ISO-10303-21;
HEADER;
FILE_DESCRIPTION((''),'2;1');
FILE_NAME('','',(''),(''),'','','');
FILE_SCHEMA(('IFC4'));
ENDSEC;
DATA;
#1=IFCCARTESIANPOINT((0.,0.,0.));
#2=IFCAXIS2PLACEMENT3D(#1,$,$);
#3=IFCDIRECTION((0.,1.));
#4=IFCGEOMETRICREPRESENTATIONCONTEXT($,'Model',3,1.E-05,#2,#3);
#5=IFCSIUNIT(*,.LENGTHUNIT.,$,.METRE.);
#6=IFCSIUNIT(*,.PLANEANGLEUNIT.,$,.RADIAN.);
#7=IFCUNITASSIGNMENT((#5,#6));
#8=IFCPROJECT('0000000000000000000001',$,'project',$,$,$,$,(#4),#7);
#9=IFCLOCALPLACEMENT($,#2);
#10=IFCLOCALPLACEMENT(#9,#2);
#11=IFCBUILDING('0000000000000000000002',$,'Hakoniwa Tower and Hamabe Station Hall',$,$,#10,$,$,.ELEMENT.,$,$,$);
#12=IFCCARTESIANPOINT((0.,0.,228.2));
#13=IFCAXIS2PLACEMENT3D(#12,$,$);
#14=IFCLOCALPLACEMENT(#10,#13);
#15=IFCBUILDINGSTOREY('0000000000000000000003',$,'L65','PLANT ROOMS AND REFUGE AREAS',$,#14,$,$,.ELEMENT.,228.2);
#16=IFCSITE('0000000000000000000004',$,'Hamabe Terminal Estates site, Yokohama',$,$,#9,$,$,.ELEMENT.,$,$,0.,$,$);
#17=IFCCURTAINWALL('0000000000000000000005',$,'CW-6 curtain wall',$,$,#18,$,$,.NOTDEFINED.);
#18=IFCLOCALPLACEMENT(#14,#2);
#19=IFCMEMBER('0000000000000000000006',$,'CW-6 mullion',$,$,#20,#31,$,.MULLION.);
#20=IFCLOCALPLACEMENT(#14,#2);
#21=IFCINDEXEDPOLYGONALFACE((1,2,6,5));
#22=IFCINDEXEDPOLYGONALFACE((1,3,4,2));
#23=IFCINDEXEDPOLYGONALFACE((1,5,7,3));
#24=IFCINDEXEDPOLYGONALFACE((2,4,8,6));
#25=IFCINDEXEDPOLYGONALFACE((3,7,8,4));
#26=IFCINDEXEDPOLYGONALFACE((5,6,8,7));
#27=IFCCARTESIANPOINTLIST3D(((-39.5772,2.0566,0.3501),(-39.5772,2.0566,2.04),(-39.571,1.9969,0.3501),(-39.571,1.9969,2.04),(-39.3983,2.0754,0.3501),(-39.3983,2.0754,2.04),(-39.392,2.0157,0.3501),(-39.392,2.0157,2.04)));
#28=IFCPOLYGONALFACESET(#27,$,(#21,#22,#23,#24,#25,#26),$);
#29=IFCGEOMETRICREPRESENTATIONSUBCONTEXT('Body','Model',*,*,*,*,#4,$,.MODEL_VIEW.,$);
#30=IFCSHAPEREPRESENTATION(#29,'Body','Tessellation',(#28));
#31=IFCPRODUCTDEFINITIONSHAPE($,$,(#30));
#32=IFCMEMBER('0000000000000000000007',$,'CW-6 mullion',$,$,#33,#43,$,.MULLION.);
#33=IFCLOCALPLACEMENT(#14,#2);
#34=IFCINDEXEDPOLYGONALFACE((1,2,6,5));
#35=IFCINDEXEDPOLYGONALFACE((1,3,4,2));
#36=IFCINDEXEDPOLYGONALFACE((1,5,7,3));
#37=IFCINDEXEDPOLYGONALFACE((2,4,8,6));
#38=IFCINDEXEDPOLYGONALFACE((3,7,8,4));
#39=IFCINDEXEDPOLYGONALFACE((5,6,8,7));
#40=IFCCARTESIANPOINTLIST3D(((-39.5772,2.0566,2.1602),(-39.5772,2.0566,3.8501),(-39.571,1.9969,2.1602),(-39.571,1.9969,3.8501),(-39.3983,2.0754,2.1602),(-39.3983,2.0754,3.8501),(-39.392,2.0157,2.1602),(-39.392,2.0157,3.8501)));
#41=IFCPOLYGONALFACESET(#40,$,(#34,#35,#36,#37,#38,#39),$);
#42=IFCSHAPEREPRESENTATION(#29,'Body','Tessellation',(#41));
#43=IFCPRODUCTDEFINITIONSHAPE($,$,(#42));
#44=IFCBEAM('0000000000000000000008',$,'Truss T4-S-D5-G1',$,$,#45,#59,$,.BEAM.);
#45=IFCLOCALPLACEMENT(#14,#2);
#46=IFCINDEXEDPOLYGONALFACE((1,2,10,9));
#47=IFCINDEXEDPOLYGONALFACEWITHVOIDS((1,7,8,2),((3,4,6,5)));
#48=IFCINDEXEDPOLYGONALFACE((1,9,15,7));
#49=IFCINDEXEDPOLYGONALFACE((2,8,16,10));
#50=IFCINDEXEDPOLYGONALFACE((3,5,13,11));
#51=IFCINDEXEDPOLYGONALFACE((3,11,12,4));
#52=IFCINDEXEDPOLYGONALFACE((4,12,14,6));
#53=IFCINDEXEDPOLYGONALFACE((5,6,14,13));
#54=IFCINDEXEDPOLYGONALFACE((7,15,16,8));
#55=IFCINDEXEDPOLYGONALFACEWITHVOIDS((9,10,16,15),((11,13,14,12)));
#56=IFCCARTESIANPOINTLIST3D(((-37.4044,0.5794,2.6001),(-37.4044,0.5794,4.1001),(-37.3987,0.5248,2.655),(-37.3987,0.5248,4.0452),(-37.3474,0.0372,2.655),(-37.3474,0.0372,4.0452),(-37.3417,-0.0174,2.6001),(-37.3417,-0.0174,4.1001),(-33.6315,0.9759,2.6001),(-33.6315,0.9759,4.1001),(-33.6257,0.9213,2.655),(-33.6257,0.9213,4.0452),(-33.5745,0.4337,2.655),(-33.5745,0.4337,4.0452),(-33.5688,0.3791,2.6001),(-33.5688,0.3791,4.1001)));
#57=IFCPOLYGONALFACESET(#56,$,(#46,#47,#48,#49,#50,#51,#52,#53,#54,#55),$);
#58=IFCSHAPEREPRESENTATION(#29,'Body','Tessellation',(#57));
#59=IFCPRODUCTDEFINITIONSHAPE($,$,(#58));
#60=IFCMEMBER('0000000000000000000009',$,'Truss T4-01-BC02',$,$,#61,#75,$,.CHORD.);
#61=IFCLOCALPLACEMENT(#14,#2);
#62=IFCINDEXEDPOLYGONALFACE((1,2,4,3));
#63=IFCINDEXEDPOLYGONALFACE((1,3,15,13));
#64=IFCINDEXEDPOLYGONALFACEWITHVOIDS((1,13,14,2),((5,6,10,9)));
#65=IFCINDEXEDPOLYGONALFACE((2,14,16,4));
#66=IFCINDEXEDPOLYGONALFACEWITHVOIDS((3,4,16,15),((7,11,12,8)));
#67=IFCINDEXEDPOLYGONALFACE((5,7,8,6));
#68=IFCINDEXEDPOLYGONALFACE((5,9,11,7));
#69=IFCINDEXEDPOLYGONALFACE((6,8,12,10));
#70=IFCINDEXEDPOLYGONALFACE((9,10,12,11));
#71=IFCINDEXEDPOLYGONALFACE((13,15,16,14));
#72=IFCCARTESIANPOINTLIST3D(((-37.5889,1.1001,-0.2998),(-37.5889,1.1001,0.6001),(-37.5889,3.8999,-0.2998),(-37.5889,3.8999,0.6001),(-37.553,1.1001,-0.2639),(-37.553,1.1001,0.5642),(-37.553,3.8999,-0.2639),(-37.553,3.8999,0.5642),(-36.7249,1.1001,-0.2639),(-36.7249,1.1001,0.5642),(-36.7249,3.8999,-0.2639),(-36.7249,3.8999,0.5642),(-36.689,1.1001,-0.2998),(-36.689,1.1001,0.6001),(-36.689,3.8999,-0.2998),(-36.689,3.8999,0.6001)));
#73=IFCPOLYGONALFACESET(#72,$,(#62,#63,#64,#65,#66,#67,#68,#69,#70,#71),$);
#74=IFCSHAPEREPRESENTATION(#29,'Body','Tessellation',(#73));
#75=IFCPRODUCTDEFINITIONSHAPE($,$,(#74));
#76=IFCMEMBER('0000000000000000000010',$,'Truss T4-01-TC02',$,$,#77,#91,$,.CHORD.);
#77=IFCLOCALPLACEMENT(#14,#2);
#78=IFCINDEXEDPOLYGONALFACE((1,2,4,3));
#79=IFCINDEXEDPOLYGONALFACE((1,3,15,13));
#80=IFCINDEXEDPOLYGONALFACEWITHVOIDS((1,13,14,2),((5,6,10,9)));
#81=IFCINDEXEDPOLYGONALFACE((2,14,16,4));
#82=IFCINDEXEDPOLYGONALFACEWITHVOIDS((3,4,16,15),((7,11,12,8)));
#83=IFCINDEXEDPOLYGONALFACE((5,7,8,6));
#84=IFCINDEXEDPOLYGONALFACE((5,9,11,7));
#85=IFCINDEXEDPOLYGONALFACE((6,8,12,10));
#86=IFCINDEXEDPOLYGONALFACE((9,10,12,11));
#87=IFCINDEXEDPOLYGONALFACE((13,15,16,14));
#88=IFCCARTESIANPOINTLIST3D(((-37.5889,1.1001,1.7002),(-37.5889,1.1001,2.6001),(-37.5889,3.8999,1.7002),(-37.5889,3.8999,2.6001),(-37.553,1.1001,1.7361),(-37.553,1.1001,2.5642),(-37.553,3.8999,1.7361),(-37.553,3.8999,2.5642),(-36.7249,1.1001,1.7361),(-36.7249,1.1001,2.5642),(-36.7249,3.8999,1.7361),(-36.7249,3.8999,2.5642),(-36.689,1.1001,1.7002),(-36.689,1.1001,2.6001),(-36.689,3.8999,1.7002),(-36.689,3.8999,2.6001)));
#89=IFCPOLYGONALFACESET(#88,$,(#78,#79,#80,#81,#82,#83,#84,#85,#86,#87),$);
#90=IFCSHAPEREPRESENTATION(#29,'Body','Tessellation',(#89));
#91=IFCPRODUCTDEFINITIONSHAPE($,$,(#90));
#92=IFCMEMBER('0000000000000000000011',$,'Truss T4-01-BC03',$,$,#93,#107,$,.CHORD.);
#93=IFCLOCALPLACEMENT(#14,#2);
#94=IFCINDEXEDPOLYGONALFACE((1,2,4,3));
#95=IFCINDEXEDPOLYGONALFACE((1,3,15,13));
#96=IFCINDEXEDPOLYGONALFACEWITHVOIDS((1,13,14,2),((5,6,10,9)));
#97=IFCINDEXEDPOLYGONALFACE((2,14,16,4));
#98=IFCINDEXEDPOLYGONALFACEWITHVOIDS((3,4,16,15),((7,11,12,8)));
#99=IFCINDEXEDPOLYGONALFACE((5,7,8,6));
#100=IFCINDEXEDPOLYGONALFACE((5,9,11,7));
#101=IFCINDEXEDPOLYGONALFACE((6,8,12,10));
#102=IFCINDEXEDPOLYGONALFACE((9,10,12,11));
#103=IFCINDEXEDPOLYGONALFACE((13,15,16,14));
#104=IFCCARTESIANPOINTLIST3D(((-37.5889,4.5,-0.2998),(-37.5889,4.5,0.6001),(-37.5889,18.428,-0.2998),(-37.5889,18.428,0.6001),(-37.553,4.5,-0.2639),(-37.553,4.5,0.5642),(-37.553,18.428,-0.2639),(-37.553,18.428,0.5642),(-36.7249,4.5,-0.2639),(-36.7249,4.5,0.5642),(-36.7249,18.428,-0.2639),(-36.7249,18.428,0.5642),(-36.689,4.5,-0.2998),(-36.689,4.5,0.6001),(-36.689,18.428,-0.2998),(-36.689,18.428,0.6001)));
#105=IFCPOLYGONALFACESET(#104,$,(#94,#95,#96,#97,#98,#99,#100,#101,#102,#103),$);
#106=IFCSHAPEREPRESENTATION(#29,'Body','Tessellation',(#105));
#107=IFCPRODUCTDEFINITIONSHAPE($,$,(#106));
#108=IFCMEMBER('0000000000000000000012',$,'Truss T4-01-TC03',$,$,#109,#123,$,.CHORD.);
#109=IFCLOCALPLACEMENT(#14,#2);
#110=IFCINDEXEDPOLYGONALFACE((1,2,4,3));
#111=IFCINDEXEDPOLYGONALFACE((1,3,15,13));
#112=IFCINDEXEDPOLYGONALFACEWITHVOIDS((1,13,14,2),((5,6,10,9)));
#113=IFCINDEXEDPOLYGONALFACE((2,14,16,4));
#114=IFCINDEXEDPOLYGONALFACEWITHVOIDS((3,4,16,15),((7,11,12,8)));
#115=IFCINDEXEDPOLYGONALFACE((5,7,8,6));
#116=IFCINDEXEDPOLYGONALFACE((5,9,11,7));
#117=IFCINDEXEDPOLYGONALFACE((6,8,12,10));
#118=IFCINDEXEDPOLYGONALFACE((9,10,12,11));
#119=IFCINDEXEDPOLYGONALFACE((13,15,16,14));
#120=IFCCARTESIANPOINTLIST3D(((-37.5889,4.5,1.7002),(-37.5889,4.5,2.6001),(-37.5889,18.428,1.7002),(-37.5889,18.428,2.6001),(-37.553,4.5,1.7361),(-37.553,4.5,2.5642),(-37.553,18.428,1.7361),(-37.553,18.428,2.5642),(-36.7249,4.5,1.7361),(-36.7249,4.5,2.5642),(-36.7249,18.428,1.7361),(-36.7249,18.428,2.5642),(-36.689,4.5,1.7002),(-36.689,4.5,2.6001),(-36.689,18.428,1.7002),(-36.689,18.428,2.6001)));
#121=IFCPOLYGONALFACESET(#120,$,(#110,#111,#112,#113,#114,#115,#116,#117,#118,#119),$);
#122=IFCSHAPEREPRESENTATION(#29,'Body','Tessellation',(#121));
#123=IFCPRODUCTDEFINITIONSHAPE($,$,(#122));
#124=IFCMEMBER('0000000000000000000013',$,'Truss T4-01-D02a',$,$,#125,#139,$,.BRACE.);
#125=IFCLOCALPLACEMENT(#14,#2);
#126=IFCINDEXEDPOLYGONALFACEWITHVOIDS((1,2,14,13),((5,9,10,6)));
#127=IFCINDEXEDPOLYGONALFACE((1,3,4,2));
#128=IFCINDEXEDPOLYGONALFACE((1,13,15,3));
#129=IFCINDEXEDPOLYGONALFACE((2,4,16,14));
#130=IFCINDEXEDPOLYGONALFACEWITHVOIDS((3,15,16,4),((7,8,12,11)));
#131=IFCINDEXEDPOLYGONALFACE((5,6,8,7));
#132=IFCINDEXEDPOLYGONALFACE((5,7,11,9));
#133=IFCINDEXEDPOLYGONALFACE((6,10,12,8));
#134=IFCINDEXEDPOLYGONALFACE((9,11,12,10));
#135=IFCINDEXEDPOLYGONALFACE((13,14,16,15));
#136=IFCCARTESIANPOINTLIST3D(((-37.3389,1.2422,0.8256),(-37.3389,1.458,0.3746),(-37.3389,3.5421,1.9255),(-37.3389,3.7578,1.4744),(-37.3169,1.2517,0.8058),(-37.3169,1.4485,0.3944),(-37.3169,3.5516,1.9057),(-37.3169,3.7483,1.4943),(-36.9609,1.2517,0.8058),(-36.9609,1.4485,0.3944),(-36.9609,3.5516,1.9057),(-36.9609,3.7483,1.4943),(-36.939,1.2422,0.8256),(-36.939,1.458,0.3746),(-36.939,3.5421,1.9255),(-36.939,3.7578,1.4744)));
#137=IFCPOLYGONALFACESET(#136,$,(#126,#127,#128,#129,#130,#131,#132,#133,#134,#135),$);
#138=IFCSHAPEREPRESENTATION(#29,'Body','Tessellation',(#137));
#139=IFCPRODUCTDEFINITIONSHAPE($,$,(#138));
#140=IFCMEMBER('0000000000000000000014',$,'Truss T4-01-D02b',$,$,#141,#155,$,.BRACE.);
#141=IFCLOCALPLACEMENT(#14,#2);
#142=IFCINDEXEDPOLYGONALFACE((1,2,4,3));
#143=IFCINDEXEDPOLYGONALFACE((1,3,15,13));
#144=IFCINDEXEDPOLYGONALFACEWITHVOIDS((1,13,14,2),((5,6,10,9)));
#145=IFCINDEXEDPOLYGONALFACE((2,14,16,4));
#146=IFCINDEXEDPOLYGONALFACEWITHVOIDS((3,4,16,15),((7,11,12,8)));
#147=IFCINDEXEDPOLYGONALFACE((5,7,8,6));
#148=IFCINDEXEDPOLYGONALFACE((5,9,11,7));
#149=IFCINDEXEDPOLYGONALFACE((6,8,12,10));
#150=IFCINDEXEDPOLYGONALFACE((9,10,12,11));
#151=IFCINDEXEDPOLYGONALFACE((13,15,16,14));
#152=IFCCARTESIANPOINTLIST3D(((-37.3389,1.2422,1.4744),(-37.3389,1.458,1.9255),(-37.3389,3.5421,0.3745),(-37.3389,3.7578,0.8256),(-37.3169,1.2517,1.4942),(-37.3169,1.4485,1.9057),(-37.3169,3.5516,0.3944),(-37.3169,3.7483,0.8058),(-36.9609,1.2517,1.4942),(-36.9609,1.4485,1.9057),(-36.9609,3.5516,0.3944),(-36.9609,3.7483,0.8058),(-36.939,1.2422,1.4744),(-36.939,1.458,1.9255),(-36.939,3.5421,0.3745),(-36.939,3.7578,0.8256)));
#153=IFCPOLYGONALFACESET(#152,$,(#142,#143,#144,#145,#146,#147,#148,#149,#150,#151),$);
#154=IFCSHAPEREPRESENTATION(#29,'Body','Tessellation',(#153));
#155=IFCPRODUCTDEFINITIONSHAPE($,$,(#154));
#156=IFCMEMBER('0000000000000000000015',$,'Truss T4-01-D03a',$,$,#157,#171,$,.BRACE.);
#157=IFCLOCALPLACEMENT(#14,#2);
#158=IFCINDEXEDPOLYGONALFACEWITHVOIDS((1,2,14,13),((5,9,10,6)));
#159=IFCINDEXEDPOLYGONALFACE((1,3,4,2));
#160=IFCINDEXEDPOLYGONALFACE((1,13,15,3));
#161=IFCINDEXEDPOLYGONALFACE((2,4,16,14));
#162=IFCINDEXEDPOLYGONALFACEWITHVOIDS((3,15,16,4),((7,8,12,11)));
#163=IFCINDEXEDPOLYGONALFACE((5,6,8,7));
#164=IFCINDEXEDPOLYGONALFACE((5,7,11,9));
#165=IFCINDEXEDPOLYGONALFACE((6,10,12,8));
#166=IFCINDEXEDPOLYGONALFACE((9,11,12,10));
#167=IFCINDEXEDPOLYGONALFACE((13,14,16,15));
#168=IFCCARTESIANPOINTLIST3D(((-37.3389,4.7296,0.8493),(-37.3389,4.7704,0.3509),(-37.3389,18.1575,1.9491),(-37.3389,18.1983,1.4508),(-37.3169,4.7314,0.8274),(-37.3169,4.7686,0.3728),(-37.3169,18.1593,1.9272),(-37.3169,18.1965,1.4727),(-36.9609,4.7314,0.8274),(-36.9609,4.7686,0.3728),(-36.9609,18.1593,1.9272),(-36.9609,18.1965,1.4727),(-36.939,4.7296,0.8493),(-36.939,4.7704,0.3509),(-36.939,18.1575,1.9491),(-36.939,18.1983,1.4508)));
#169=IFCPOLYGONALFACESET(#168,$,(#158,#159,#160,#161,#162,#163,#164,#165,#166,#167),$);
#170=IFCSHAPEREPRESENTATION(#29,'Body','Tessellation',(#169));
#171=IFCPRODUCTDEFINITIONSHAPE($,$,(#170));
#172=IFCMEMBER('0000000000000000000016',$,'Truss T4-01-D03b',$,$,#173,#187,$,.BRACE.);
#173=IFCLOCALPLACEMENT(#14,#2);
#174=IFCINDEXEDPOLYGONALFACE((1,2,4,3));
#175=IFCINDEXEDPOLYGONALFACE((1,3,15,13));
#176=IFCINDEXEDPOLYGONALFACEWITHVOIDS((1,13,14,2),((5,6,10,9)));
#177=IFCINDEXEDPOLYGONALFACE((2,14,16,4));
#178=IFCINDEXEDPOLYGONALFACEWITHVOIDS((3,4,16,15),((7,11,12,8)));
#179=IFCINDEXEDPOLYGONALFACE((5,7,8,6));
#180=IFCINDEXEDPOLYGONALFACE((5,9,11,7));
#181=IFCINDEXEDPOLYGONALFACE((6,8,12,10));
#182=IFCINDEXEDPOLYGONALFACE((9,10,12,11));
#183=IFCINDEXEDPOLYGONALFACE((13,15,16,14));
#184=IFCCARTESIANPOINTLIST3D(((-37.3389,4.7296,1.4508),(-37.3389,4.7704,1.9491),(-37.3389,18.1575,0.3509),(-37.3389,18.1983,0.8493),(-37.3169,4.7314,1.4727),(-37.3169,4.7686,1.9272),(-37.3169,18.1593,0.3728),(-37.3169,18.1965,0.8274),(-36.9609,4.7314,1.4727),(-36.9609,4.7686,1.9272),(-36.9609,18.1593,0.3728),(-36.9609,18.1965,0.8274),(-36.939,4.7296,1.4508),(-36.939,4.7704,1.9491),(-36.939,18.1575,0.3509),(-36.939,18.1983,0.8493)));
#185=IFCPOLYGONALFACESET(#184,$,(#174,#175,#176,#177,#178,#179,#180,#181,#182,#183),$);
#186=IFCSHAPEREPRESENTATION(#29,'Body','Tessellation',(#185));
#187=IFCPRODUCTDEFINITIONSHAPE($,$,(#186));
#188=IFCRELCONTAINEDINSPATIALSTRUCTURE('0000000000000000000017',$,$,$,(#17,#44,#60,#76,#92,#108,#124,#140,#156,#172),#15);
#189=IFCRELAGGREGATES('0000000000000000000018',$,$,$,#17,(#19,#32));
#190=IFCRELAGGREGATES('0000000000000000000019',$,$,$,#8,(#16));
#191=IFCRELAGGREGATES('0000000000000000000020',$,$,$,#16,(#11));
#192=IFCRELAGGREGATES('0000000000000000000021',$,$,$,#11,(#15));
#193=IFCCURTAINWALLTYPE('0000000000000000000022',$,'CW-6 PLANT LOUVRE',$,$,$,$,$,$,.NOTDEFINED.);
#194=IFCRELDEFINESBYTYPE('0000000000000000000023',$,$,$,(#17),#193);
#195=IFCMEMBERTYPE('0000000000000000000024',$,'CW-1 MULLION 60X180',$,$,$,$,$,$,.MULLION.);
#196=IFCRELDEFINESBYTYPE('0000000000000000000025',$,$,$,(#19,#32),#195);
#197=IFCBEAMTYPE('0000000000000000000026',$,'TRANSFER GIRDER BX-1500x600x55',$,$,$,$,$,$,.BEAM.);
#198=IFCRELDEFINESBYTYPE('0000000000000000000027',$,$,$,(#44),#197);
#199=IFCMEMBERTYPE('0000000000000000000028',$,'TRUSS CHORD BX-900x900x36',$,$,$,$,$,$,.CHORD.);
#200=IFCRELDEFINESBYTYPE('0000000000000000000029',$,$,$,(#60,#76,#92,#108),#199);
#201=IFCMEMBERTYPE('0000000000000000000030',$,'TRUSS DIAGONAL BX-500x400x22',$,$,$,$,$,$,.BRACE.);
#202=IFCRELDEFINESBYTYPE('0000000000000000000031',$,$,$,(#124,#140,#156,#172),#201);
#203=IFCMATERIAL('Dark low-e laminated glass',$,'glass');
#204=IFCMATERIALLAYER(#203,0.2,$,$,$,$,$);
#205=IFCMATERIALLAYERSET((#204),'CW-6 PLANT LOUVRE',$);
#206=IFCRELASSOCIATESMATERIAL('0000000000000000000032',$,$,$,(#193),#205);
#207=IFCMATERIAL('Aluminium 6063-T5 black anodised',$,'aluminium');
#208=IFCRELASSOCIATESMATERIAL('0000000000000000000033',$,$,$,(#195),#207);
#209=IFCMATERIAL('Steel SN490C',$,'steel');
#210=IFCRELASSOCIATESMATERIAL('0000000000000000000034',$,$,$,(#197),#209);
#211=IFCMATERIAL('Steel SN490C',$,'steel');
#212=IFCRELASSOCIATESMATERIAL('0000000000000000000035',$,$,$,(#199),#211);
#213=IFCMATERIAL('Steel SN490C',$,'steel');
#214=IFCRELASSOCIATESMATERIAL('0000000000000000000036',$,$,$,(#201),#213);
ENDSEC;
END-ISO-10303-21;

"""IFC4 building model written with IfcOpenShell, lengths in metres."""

from ifc_helpers import new_model, si_unit, direction, frame, origin, origin_2d, place, context, subcontext, project, spatial, rectangle, hollow_rectangle, extrude, material, layer, layer_set, material_profile, profile_set, type_object, element, aggregate, save


model = new_model("IFC4")

# Units and contexts
model_context = context("Model", 3, precision=1e-05, world=origin(), true_north=direction((0.0, 1.0)))
body_context = subcontext(model_context, "Body", "Model", "MODEL_VIEW")
ifc_project = project(units=[si_unit("LENGTHUNIT", "METRE"), si_unit("PLANEANGLEUNIT", "RADIAN")], contexts=[model_context])

# Site, building, storey
site_placement = place(None, origin())
site = spatial("IfcSite", under=ifc_project, at=site_placement, Name="Hamabe Terminal Estates site, Yokohama", CompositionType="ELEMENT", RefElevation=0.0)
building_placement = place(site_placement, origin())
building = spatial("IfcBuilding", under=site, at=building_placement, Name="Hakoniwa Tower and Hamabe Station Hall", CompositionType="ELEMENT")
storey_placement = place(building_placement, frame((0.0, 0.0, 228.2)))
storey = spatial("IfcBuildingStorey", under=building, at=storey_placement, Name="L65", Description="PLANT ROOMS AND REFUGE AREAS", CompositionType="ELEMENT", Elevation=228.2)

# Curtain wall, members
ifc_material_1 = material(Name="Dark low-e laminated glass", Category="glass")
ifc_layer_1 = layer(ifc_material_1, 0.2)
ifc_layer_set_1 = layer_set([ifc_layer_1], Name="CW-6 PLANT LOUVRE")
curtain_wall_type = type_object("IfcCurtainWallType", Name="CW-6 PLANT LOUVRE", PredefinedType="NOTDEFINED", material=ifc_layer_set_1)
curtain_wall_placement = place(storey_placement, origin())
curtain_wall = element("IfcCurtainWall", 1, at=curtain_wall_placement, inside=storey, type_object=curtain_wall_type, Name="CW-6 curtain wall", PredefinedType="NOTDEFINED")
ifc_material_2 = material(Name="Aluminium 6063-T5 black anodised", Category="aluminium")
ifc_material_profile_1 = material_profile(ifc_material_2, rectangle(XDim=0.0601, YDim=0.1799, at=origin_2d()), Name="CW-1 MULLION 60X180")
ifc_profile_set_1 = profile_set([ifc_material_profile_1], Name="Aluminium 6063-T5 black anodised")
member_type_1 = type_object("IfcMemberType", Name="CW-1 MULLION 60X180", PredefinedType="MULLION", material=ifc_profile_set_1)
member_1_placement = place(storey_placement, frame((-39.4846, 2.0361, 0.3501), z_axis=(0.0, 0.0, 1.0), x_axis=(0.104528, -0.994522, 0.0)))
member_1 = element("IfcMember", 2, at=member_1_placement, type_object=member_type_1, Name="CW-6 mullion", PredefinedType="MULLION", context=body_context, shape_type="SweptSolid", body=[
    extrude(rectangle(XDim=0.0601, YDim=0.1799, at=origin_2d()), origin(), (0.0, 0.0, 1.0), 1.6899),
])
member_2_placement = place(storey_placement, frame((-39.4846, 2.0361, 2.1602), z_axis=(0.0, 0.0, 1.0), x_axis=(0.104528, -0.994522, 0.0)))
member_2 = element("IfcMember", 3, at=member_2_placement, type_object=member_type_1, Name="CW-6 mullion", PredefinedType="MULLION", context=body_context, shape_type="SweptSolid", body=[
    extrude(rectangle(XDim=0.0601, YDim=0.1799, at=origin_2d()), origin(), (0.0, 0.0, 1.0), 1.6899),
])

# Beam
ifc_material_3 = material(Name="Steel SN490C", Category="steel")
ifc_material_profile_2 = material_profile(ifc_material_3, hollow_rectangle(XDim=0.6001, YDim=1.5, WallThickness=0.0549, at=origin_2d()), Name="BX-1500x600x55")
ifc_profile_set_2 = profile_set([ifc_material_profile_2], Name="Steel SN490C")
beam_type = type_object("IfcBeamType", Name="TRANSFER GIRDER BX-1500x600x55", PredefinedType="BEAM", material=ifc_profile_set_2)
beam_placement = place(storey_placement, frame((-37.373, 0.281, 3.3501), z_axis=(0.994524, 0.104511, 0.0), x_axis=(-0.104511, 0.994524, 0.0)))
element("IfcBeam", 4, at=beam_placement, inside=storey, type_object=beam_type, Name="Truss T4-S-D5-G1", PredefinedType="BEAM", context=body_context, shape_type="SweptSolid", body=[
    extrude(hollow_rectangle(XDim=0.6001, YDim=1.5, WallThickness=0.0549, at=origin_2d()), origin(), (0.0, 0.0, 1.0), 3.7937),
])

# Members
ifc_material_4 = material(Name="Steel SN490C", Category="steel")
ifc_material_profile_3 = material_profile(ifc_material_4, hollow_rectangle(XDim=0.8999, YDim=0.8999, WallThickness=0.0359, at=origin_2d()), Name="BX-900x900x36")
ifc_profile_set_3 = profile_set([ifc_material_profile_3], Name="Steel SN490C")
member_type_2 = type_object("IfcMemberType", Name="TRUSS CHORD BX-900x900x36", PredefinedType="CHORD", material=ifc_profile_set_3)
for number, where, z_axis, x_axis, name in (
    (5, (-37.1389, 1.1001, 0.1501), (0.0, 1.0, 0.0), (-1.0, 0.0, 0.0), "Truss T4-01-BC02"),
    (6, (-37.1389, 1.1001, 2.1501), (0.0, 1.0, 0.0), (-1.0, 0.0, 0.0), "Truss T4-01-TC02"),
):
    element("IfcMember", number, at=place(storey_placement, frame(where, z_axis=z_axis, x_axis=x_axis)), inside=storey, type_object=member_type_2, Name=name, PredefinedType="CHORD", context=body_context, shape_type="SweptSolid", body=[
        extrude(hollow_rectangle(XDim=0.8999, YDim=0.8999, WallThickness=0.0359, at=origin_2d()), origin(), (0.0, 0.0, 1.0), 2.7998),
    ])
for number, where, z_axis, x_axis, name in (
    (7, (-37.1389, 4.5, 0.1501), (0.0, 1.0, 0.0), (-1.0, 0.0, 0.0), "Truss T4-01-BC03"),
    (8, (-37.1389, 4.5, 2.1501), (0.0, 1.0, 0.0), (-1.0, 0.0, 0.0), "Truss T4-01-TC03"),
):
    element("IfcMember", number, at=place(storey_placement, frame(where, z_axis=z_axis, x_axis=x_axis)), inside=storey, type_object=member_type_2, Name=name, PredefinedType="CHORD", context=body_context, shape_type="SweptSolid", body=[
        extrude(hollow_rectangle(XDim=0.8999, YDim=0.8999, WallThickness=0.0359, at=origin_2d()), origin(), (0.0, 0.0, 1.0), 13.928),
    ])
ifc_material_5 = material(Name="Steel SN490C", Category="steel")
ifc_material_profile_4 = material_profile(ifc_material_5, hollow_rectangle(XDim=0.3999, YDim=0.5, WallThickness=0.022, at=origin_2d()), Name="BX-500x400x22")
ifc_profile_set_4 = profile_set([ifc_material_profile_4], Name="Steel SN490C")
member_type_3 = type_object("IfcMemberType", Name="TRUSS DIAGONAL BX-500x400x22", PredefinedType="BRACE", material=ifc_profile_set_4)
for number, where, z_axis, x_axis, name in (
    (9, (-37.1389, 1.3501, 0.6001), (0.0, 0.902142, 0.431439), (-1.0, 0.0, 0.0), "Truss T4-01-D02a"),
    (10, (-37.1389, 1.3501, 1.7), (0.0, 0.902142, -0.431439), (-1.0, 0.0, 0.0), "Truss T4-01-D02b"),
):
    element("IfcMember", number, at=place(storey_placement, frame(where, z_axis=z_axis, x_axis=x_axis)), inside=storey, type_object=member_type_3, Name=name, PredefinedType="BRACE", context=body_context, shape_type="SweptSolid", body=[
        extrude(hollow_rectangle(XDim=0.3999, YDim=0.5, WallThickness=0.022, at=origin_2d()), origin(), (0.0, 0.0, 1.0), 2.5493),
    ])
for number, where, z_axis, x_axis, name in (
    (11, (-37.1389, 4.75, 0.6001), (0.0, 0.996662, 0.081634), (-1.0, 0.0, 0.0), "Truss T4-01-D03a"),
    (12, (-37.1389, 4.75, 1.7), (0.0, 0.996662, -0.081634), (-1.0, 0.0, 0.0), "Truss T4-01-D03b"),
):
    element("IfcMember", number, at=place(storey_placement, frame(where, z_axis=z_axis, x_axis=x_axis)), inside=storey, type_object=member_type_3, Name=name, PredefinedType="BRACE", context=body_context, shape_type="SweptSolid", body=[
        extrude(hollow_rectangle(XDim=0.3999, YDim=0.5, WallThickness=0.022, at=origin_2d()), origin(), (0.0, 0.0, 1.0), 13.4729),
    ])

aggregate(curtain_wall, [member_1, member_2])

save(model, "model.ifc")
